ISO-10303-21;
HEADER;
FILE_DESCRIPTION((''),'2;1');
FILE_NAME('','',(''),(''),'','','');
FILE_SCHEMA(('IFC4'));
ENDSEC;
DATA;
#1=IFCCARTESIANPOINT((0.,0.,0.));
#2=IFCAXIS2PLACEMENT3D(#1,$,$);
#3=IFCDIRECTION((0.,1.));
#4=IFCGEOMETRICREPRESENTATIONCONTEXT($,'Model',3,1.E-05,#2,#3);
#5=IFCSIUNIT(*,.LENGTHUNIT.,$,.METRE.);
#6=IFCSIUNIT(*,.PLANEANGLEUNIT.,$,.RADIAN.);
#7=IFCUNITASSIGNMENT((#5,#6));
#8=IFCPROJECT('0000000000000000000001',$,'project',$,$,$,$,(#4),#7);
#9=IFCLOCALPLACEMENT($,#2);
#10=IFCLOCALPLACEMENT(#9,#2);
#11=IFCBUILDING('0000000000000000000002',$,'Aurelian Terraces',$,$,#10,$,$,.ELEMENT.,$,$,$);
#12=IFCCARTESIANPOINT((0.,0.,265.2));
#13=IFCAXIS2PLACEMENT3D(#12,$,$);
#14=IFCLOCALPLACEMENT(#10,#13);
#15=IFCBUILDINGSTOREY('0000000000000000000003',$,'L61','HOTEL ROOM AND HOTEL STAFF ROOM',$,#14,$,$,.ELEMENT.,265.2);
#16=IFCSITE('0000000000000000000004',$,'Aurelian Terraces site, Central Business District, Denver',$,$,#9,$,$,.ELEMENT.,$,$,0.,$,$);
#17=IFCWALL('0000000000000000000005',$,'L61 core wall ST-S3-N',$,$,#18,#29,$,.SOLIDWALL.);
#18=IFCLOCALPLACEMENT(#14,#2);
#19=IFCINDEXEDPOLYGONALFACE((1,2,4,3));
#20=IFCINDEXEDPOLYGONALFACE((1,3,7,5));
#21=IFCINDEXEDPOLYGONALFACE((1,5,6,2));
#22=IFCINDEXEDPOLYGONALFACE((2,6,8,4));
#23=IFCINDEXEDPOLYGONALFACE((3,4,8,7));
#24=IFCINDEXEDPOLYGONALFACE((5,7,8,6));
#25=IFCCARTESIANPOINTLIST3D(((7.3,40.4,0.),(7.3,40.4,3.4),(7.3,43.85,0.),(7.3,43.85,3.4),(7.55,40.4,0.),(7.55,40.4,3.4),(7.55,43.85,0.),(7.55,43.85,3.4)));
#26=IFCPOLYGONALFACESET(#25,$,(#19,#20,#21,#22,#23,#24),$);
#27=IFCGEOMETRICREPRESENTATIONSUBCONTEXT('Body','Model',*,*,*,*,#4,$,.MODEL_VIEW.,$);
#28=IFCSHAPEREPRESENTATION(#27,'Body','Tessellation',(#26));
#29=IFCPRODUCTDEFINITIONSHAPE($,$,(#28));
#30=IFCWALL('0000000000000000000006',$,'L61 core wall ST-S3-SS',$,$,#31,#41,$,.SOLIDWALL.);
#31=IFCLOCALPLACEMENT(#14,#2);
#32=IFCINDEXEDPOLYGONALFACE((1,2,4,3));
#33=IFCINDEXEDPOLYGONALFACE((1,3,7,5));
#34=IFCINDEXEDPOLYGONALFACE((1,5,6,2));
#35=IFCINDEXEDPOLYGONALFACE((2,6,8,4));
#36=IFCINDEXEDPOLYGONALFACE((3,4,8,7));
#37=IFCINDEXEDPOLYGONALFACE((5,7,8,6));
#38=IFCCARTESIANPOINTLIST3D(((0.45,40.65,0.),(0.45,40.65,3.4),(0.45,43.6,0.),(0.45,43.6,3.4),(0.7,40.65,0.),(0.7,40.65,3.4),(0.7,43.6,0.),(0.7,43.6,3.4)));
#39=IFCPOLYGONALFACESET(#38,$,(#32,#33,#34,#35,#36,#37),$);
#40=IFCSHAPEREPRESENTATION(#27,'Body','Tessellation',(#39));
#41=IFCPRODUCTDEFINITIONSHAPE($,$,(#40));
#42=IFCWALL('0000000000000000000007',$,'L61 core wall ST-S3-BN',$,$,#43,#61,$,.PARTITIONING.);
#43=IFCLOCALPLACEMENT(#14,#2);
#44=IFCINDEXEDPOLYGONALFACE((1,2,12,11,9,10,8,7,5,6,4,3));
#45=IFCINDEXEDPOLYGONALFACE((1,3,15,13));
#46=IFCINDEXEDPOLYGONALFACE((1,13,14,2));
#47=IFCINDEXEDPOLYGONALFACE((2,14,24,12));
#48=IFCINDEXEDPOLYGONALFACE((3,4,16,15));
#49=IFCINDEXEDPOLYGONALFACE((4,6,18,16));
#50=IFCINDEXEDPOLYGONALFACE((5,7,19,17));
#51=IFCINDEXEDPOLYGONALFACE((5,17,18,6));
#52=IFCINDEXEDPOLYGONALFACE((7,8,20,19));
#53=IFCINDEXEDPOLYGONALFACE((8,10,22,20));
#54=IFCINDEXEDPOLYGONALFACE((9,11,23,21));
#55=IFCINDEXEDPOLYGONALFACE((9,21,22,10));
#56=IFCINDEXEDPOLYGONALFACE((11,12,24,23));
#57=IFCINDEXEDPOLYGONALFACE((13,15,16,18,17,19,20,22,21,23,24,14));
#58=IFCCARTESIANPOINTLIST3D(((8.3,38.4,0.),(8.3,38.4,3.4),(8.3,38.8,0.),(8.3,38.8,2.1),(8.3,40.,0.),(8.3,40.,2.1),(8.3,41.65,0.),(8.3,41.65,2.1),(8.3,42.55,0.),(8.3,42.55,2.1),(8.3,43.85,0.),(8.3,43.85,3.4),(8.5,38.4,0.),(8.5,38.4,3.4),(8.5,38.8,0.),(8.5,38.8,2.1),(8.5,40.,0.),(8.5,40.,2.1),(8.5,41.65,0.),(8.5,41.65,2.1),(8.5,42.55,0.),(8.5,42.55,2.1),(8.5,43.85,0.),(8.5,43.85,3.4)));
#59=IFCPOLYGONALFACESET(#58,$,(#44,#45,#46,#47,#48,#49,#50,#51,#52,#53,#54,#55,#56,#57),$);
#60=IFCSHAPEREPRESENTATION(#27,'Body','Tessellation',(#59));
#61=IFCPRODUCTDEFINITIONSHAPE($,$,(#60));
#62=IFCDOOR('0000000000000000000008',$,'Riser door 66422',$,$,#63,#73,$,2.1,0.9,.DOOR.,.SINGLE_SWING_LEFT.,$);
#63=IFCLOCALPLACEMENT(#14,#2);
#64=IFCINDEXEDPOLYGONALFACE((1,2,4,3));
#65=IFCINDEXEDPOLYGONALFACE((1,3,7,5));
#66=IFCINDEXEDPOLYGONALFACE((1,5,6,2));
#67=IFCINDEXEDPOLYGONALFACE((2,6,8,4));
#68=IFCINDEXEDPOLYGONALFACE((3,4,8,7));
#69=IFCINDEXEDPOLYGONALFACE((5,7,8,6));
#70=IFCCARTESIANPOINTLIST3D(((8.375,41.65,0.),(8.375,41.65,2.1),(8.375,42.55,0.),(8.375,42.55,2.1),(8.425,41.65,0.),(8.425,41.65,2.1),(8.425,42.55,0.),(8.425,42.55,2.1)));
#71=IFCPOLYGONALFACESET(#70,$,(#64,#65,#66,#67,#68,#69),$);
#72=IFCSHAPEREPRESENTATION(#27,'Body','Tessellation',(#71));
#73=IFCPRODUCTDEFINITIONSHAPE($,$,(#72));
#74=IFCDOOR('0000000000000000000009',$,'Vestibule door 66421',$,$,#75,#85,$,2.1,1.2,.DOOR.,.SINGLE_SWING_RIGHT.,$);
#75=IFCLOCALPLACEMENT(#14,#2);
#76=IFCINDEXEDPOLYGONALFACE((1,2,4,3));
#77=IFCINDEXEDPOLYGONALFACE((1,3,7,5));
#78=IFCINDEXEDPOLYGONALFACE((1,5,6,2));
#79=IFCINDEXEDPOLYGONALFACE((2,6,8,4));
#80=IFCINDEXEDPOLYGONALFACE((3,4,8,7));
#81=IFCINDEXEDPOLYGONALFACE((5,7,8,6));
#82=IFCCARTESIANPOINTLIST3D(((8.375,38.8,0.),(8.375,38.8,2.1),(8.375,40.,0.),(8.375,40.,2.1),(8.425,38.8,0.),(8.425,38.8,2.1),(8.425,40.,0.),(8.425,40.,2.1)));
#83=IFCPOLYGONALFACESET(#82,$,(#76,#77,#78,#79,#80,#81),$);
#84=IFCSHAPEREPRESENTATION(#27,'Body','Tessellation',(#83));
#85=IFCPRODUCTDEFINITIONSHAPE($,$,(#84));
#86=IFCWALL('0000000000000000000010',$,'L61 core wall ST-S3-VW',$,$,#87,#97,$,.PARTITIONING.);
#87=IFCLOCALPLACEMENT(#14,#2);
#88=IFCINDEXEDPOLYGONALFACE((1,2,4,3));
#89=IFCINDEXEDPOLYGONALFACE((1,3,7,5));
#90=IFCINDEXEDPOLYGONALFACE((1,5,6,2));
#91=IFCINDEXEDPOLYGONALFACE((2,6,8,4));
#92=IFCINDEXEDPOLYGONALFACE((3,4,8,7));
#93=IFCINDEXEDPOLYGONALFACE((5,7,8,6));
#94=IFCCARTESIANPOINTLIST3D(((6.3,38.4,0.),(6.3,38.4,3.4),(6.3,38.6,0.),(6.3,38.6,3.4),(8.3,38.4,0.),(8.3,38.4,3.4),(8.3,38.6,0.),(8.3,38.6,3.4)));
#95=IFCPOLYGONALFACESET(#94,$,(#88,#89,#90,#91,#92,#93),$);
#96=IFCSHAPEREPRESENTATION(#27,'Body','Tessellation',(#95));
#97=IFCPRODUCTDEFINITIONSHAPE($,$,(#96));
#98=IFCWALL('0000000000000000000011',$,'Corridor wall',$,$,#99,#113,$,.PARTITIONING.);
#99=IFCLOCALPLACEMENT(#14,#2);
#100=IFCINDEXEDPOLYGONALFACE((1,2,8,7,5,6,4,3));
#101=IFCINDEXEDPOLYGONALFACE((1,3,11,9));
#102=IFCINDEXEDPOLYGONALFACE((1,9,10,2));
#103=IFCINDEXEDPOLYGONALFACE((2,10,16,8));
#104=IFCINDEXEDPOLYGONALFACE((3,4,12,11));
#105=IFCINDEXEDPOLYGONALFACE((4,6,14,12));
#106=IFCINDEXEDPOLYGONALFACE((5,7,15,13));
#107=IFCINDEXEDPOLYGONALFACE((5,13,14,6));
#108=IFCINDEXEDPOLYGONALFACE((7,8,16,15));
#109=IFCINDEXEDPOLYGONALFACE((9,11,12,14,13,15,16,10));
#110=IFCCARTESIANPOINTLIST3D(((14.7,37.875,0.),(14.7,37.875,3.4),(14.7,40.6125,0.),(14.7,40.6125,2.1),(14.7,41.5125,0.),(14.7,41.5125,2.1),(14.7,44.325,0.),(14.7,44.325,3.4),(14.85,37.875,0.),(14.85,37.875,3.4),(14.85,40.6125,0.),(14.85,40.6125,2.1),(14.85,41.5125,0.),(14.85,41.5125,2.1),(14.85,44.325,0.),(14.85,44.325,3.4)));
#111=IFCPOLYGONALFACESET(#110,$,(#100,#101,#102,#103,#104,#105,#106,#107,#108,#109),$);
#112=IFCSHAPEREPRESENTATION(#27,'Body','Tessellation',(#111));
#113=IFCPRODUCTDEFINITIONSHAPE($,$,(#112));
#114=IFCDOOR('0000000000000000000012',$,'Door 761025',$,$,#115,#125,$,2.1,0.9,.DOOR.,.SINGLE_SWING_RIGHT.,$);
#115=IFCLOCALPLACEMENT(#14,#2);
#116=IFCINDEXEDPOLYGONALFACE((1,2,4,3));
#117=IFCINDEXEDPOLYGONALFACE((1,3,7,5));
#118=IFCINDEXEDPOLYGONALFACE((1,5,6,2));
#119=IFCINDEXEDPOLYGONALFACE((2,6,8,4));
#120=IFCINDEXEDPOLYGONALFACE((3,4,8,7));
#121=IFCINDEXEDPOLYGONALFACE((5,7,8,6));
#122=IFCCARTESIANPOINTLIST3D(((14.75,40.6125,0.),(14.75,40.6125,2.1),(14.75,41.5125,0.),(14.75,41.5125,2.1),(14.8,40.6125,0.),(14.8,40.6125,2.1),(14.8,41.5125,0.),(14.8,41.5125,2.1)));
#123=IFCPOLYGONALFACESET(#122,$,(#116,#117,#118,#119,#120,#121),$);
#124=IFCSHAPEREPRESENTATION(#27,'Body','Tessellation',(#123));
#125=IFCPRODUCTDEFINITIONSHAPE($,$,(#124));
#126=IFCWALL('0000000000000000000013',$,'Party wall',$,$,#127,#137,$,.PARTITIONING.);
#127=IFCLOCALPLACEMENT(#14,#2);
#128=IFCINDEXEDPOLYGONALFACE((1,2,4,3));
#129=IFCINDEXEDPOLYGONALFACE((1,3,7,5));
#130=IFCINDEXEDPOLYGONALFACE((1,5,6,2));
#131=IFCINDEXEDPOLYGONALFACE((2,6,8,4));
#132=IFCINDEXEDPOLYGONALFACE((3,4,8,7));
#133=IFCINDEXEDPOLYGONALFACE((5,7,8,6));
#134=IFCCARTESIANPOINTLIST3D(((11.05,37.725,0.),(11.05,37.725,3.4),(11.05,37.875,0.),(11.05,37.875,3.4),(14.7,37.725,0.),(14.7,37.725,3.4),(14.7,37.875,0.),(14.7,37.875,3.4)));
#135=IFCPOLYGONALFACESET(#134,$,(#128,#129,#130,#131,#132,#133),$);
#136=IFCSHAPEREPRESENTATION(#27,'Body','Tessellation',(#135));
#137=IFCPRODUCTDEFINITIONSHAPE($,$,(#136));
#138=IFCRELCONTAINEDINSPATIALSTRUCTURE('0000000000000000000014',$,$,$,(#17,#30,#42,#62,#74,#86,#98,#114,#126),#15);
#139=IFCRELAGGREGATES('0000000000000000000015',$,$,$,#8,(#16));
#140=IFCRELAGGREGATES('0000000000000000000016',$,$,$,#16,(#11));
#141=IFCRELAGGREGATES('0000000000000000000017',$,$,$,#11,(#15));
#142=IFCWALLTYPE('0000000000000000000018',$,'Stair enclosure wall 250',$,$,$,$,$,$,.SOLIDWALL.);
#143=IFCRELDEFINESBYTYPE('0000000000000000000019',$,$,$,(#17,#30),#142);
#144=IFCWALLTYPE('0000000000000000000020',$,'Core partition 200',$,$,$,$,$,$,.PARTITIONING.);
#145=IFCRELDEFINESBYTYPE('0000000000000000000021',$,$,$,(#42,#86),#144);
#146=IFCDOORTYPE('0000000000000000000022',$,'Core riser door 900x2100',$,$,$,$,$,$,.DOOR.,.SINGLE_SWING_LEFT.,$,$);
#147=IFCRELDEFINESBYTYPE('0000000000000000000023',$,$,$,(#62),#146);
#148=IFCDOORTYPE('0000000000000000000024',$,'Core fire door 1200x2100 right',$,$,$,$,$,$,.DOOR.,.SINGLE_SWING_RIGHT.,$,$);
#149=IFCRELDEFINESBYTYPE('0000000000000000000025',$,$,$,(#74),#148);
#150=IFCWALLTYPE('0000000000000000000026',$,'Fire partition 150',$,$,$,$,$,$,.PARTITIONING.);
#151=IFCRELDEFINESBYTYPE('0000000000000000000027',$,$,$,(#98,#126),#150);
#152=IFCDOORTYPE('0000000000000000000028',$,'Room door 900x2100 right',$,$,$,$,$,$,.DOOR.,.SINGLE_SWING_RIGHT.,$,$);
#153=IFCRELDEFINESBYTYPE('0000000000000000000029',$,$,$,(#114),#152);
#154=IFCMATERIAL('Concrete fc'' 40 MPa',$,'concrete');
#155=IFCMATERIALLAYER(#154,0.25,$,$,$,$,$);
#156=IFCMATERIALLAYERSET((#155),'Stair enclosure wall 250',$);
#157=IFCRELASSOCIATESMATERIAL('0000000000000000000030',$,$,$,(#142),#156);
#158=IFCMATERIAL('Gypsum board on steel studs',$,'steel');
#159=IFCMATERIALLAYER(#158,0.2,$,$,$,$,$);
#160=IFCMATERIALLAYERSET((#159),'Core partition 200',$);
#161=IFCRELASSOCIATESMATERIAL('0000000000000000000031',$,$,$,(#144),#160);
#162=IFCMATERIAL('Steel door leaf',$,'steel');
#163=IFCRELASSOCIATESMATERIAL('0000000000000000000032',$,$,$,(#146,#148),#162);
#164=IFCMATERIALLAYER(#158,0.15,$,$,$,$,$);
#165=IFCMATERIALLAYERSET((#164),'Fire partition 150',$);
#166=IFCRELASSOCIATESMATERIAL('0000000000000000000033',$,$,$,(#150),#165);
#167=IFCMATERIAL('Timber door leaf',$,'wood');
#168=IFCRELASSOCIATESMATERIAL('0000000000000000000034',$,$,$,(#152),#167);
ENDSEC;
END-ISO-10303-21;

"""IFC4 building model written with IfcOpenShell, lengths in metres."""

from ifc_helpers import new_model, si_unit, direction, frame, frame_2d, origin, place, context, subcontext, project, spatial, rectangle, extrude, source, transform, mapped, material, layer, layer_set, type_object, element, fill, save


model = new_model("IFC4")

# Units and contexts
model_context = context("Model", 3, precision=1e-05, world=origin(), true_north=direction((0.0, 1.0)))
body_context = subcontext(model_context, "Body", "Model", "MODEL_VIEW")
ifc_project = project(units=[si_unit("LENGTHUNIT", "METRE"), si_unit("PLANEANGLEUNIT", "RADIAN")], contexts=[model_context])

# Site, building, storey
site_placement = place(None, origin())
site = spatial("IfcSite", under=ifc_project, at=site_placement, Name="Aurelian Terraces site, Central Business District, Denver", CompositionType="ELEMENT", RefElevation=0.0)
building_placement = place(site_placement, origin())
building = spatial("IfcBuilding", under=site, at=building_placement, Name="Aurelian Terraces", CompositionType="ELEMENT")
storey_placement = place(building_placement, frame((0.0, 0.0, 265.2)))
storey = spatial("IfcBuildingStorey", under=building, at=storey_placement, Name="L61", Description="HOTEL ROOM AND HOTEL STAFF ROOM", CompositionType="ELEMENT", Elevation=265.2)

# Shared definitions
ifc_material_1 = material(Name="Concrete fc' 40 MPa", Category="concrete")

# Shared definitions
ifc_layer_1 = layer(ifc_material_1, 0.25)
ifc_layer_set_1 = layer_set([ifc_layer_1], Name="Stair enclosure wall 250")
wall_type_1 = type_object("IfcWallType", Name="Stair enclosure wall 250", PredefinedType="SOLIDWALL", material=ifc_layer_set_1)
ifc_material_2 = material(Name="Steel door leaf", Category="steel")

# Walls
shared_shape_1 = source(origin(), body_context, "Body", "SweptSolid", [
    extrude(rectangle(XDim=3.45, YDim=0.25, at=frame_2d((1.725, 0.0))), origin(), (0.0, 0.0, 1.0), 3.4),
])
wall_1_placement = place(storey_placement, frame((7.425, 40.4, 0.0), z_axis=(0.0, 0.0, 1.0), x_axis=(0.0, 1.0, 0.0)))
element("IfcWall", 1, at=wall_1_placement, inside=storey, type_object=wall_type_1, Name="L61 core wall ST-S3-N", PredefinedType="SOLIDWALL", context=body_context, shape_type="MappedRepresentation", body=[
    mapped(shared_shape_1, transform((0.0, 0.0, 0.0), scale=1.0)),
])
shared_shape_2 = source(origin(), body_context, "Body", "SweptSolid", [
    extrude(rectangle(XDim=2.95, YDim=0.25, at=frame_2d((1.475, 0.0))), origin(), (0.0, 0.0, 1.0), 3.4),
])
wall_2_placement = place(storey_placement, frame((0.575, 40.65, 0.0), z_axis=(0.0, 0.0, 1.0), x_axis=(0.0, 1.0, 0.0)))
element("IfcWall", 2, at=wall_2_placement, inside=storey, type_object=wall_type_1, Name="L61 core wall ST-S3-SS", PredefinedType="SOLIDWALL", context=body_context, shape_type="MappedRepresentation", body=[
    mapped(shared_shape_2, transform((0.0, 0.0, 0.0), scale=1.0)),
])

# Wall, openings, doors
ifc_material_3 = material(Name="Gypsum board on steel studs", Category="steel")
ifc_layer_2 = layer(ifc_material_3, 0.2)
ifc_layer_set_2 = layer_set([ifc_layer_2], Name="Core partition 200")
wall_type_2 = type_object("IfcWallType", Name="Core partition 200", PredefinedType="PARTITIONING", material=ifc_layer_set_2)
shared_shape_3 = source(origin(), body_context, "Body", "SweptSolid", [
    extrude(rectangle(XDim=5.45, YDim=0.2, at=frame_2d((2.725, 0.0))), origin(), (0.0, 0.0, 1.0), 3.4),
])
wall_3_placement = place(storey_placement, frame((8.4, 38.4, 0.0), z_axis=(0.0, 0.0, 1.0), x_axis=(0.0, 1.0, 0.0)))
wall_3 = element("IfcWall", 3, at=wall_3_placement, inside=storey, type_object=wall_type_2, Name="L61 core wall ST-S3-BN", PredefinedType="PARTITIONING", context=body_context, shape_type="MappedRepresentation", body=[
    mapped(shared_shape_3, transform((0.0, 0.0, 0.0), scale=1.0)),
])
shared_shape_4 = source(origin(), body_context, "Body", "SweptSolid", [
    extrude(rectangle(XDim=1.2, YDim=2.1, at=frame_2d((0.6, 1.05))), frame((0.0, 0.11, 0.0), z_axis=(0.0, -1.0, 0.0), x_axis=(1.0, 0.0, 0.0)), (0.0, 0.0, 1.0), 0.22),
])
opening_1_placement = place(wall_3_placement, frame((0.4, 0.0, 0.0)))
opening_1 = element("IfcOpeningElement", 4, at=opening_1_placement, cuts=wall_3, PredefinedType="OPENING", context=body_context, shape_type="MappedRepresentation", body=[
    mapped(shared_shape_4, transform((0.0, 0.0, 0.0), scale=1.0)),
])
shared_shape_5 = source(origin(), body_context, "Body", "SweptSolid", [
    extrude(rectangle(XDim=0.9, YDim=2.1, at=frame_2d((0.45, 1.05))), frame((0.0, 0.11, 0.0), z_axis=(0.0, -1.0, 0.0), x_axis=(1.0, 0.0, 0.0)), (0.0, 0.0, 1.0), 0.22),
])
opening_2_placement = place(wall_3_placement, frame((3.25, 0.0, 0.0)))
opening_2 = element("IfcOpeningElement", 5, at=opening_2_placement, cuts=wall_3, PredefinedType="OPENING", context=body_context, shape_type="MappedRepresentation", body=[
    mapped(shared_shape_5, transform((0.0, 0.0, 0.0), scale=1.0)),
])
door_type_1 = type_object("IfcDoorType", Name="Core riser door 900x2100", OperationType="SINGLE_SWING_LEFT", PredefinedType="DOOR", material=ifc_material_2)
shared_shape_6 = source(origin(), body_context, "Body", "SweptSolid", [
    extrude(rectangle(XDim=0.9, YDim=2.1, at=frame_2d((0.45, 1.05))), frame((0.0, 0.025, 0.0), z_axis=(0.0, -1.0, 0.0), x_axis=(1.0, 0.0, 0.0)), (0.0, 0.0, 1.0), 0.05),
])
door_1_placement = place(opening_2_placement, origin())
door_1 = element("IfcDoor", 6, at=door_1_placement, inside=storey, type_object=door_type_1, Name="Riser door 66422", OperationType="SINGLE_SWING_LEFT", OverallHeight=2.1, OverallWidth=0.9, PredefinedType="DOOR", context=body_context, shape_type="MappedRepresentation", body=[
    mapped(shared_shape_6, transform((0.0, 0.0, 0.0), scale=1.0)),
])
fill(opening_2, door_1)
door_type_2 = type_object("IfcDoorType", Name="Core fire door 1200x2100 right", OperationType="SINGLE_SWING_RIGHT", PredefinedType="DOOR", material=ifc_material_2)
shared_shape_7 = source(origin(), body_context, "Body", "SweptSolid", [
    extrude(rectangle(XDim=1.2, YDim=2.1, at=frame_2d((0.6, 1.05))), frame((0.0, 0.025, 0.0), z_axis=(0.0, -1.0, 0.0), x_axis=(1.0, 0.0, 0.0)), (0.0, 0.0, 1.0), 0.05),
])
door_2_placement = place(opening_1_placement, origin())
door_2 = element("IfcDoor", 7, at=door_2_placement, inside=storey, type_object=door_type_2, Name="Vestibule door 66421", OperationType="SINGLE_SWING_RIGHT", OverallHeight=2.1, OverallWidth=1.2, PredefinedType="DOOR", context=body_context, shape_type="MappedRepresentation", body=[
    mapped(shared_shape_7, transform((0.0, 0.0, 0.0), scale=1.0)),
])
fill(opening_1, door_2)

# Wall
shared_shape_8 = source(origin(), body_context, "Body", "SweptSolid", [
    extrude(rectangle(XDim=2.0, YDim=0.2, at=frame_2d((1.0, 0.0))), origin(), (0.0, 0.0, 1.0), 3.4),
])
wall_4_placement = place(storey_placement, frame((6.3, 38.5, 0.0), z_axis=(0.0, 0.0, 1.0), x_axis=(1.0, 0.0, 0.0)))
element("IfcWall", 8, at=wall_4_placement, inside=storey, type_object=wall_type_2, Name="L61 core wall ST-S3-VW", PredefinedType="PARTITIONING", context=body_context, shape_type="MappedRepresentation", body=[
    mapped(shared_shape_8, transform((0.0, 0.0, 0.0), scale=1.0)),
])

# Wall, opening, door
ifc_layer_3 = layer(ifc_material_3, 0.15)
ifc_layer_set_3 = layer_set([ifc_layer_3], Name="Fire partition 150")
wall_type_3 = type_object("IfcWallType", Name="Fire partition 150", PredefinedType="PARTITIONING", material=ifc_layer_set_3)
shared_shape_9 = source(origin(), body_context, "Body", "SweptSolid", [
    extrude(rectangle(XDim=6.45, YDim=0.15, at=frame_2d((3.225, 0.0))), origin(), (0.0, 0.0, 1.0), 3.4),
])
wall_5_placement = place(storey_placement, frame((14.775, 37.875, 0.0), z_axis=(0.0, 0.0, 1.0), x_axis=(0.0, 1.0, 0.0)))
wall_5 = element("IfcWall", 9, at=wall_5_placement, inside=storey, type_object=wall_type_3, Name="Corridor wall", PredefinedType="PARTITIONING", context=body_context, shape_type="MappedRepresentation", body=[
    mapped(shared_shape_9, transform((0.0, 0.0, 0.0), scale=1.0)),
])
shared_shape_10 = source(origin(), body_context, "Body", "SweptSolid", [
    extrude(rectangle(XDim=0.9, YDim=2.1, at=frame_2d((0.45, 1.05))), frame((0.0, 0.085, 0.0), z_axis=(0.0, -1.0, 0.0), x_axis=(1.0, 0.0, 0.0)), (0.0, 0.0, 1.0), 0.17),
])
opening_3_placement = place(wall_5_placement, frame((2.7375, 0.0, 0.0)))
opening_3 = element("IfcOpeningElement", 10, at=opening_3_placement, cuts=wall_5, PredefinedType="OPENING", context=body_context, shape_type="MappedRepresentation", body=[
    mapped(shared_shape_10, transform((0.0, 0.0, 0.0), scale=1.0)),
])
ifc_material_4 = material(Name="Timber door leaf", Category="wood")
door_type_3 = type_object("IfcDoorType", Name="Room door 900x2100 right", OperationType="SINGLE_SWING_RIGHT", PredefinedType="DOOR", material=ifc_material_4)
door_3_placement = place(opening_3_placement, origin())
door_3 = element("IfcDoor", 11, at=door_3_placement, inside=storey, type_object=door_type_3, Name="Door 761025", OperationType="SINGLE_SWING_RIGHT", OverallHeight=2.1, OverallWidth=0.9, PredefinedType="DOOR", context=body_context, shape_type="MappedRepresentation", body=[
    mapped(shared_shape_6, transform((0.0, 0.0, 0.0), scale=1.0)),
])
fill(opening_3, door_3)

# Wall
shared_shape_11 = source(origin(), body_context, "Body", "SweptSolid", [
    extrude(rectangle(XDim=3.65, YDim=0.15, at=frame_2d((1.825, 0.0))), origin(), (0.0, 0.0, 1.0), 3.4),
])
wall_6_placement = place(storey_placement, frame((14.7, 37.8, 0.0), z_axis=(0.0, 0.0, 1.0), x_axis=(-1.0, 0.0, 0.0)))
element("IfcWall", 12, at=wall_6_placement, inside=storey, type_object=wall_type_3, Name="Party wall", PredefinedType="PARTITIONING", context=body_context, shape_type="MappedRepresentation", body=[
    mapped(shared_shape_11, transform((0.0, 0.0, 0.0), scale=1.0)),
])

save(model, "model.ifc")
